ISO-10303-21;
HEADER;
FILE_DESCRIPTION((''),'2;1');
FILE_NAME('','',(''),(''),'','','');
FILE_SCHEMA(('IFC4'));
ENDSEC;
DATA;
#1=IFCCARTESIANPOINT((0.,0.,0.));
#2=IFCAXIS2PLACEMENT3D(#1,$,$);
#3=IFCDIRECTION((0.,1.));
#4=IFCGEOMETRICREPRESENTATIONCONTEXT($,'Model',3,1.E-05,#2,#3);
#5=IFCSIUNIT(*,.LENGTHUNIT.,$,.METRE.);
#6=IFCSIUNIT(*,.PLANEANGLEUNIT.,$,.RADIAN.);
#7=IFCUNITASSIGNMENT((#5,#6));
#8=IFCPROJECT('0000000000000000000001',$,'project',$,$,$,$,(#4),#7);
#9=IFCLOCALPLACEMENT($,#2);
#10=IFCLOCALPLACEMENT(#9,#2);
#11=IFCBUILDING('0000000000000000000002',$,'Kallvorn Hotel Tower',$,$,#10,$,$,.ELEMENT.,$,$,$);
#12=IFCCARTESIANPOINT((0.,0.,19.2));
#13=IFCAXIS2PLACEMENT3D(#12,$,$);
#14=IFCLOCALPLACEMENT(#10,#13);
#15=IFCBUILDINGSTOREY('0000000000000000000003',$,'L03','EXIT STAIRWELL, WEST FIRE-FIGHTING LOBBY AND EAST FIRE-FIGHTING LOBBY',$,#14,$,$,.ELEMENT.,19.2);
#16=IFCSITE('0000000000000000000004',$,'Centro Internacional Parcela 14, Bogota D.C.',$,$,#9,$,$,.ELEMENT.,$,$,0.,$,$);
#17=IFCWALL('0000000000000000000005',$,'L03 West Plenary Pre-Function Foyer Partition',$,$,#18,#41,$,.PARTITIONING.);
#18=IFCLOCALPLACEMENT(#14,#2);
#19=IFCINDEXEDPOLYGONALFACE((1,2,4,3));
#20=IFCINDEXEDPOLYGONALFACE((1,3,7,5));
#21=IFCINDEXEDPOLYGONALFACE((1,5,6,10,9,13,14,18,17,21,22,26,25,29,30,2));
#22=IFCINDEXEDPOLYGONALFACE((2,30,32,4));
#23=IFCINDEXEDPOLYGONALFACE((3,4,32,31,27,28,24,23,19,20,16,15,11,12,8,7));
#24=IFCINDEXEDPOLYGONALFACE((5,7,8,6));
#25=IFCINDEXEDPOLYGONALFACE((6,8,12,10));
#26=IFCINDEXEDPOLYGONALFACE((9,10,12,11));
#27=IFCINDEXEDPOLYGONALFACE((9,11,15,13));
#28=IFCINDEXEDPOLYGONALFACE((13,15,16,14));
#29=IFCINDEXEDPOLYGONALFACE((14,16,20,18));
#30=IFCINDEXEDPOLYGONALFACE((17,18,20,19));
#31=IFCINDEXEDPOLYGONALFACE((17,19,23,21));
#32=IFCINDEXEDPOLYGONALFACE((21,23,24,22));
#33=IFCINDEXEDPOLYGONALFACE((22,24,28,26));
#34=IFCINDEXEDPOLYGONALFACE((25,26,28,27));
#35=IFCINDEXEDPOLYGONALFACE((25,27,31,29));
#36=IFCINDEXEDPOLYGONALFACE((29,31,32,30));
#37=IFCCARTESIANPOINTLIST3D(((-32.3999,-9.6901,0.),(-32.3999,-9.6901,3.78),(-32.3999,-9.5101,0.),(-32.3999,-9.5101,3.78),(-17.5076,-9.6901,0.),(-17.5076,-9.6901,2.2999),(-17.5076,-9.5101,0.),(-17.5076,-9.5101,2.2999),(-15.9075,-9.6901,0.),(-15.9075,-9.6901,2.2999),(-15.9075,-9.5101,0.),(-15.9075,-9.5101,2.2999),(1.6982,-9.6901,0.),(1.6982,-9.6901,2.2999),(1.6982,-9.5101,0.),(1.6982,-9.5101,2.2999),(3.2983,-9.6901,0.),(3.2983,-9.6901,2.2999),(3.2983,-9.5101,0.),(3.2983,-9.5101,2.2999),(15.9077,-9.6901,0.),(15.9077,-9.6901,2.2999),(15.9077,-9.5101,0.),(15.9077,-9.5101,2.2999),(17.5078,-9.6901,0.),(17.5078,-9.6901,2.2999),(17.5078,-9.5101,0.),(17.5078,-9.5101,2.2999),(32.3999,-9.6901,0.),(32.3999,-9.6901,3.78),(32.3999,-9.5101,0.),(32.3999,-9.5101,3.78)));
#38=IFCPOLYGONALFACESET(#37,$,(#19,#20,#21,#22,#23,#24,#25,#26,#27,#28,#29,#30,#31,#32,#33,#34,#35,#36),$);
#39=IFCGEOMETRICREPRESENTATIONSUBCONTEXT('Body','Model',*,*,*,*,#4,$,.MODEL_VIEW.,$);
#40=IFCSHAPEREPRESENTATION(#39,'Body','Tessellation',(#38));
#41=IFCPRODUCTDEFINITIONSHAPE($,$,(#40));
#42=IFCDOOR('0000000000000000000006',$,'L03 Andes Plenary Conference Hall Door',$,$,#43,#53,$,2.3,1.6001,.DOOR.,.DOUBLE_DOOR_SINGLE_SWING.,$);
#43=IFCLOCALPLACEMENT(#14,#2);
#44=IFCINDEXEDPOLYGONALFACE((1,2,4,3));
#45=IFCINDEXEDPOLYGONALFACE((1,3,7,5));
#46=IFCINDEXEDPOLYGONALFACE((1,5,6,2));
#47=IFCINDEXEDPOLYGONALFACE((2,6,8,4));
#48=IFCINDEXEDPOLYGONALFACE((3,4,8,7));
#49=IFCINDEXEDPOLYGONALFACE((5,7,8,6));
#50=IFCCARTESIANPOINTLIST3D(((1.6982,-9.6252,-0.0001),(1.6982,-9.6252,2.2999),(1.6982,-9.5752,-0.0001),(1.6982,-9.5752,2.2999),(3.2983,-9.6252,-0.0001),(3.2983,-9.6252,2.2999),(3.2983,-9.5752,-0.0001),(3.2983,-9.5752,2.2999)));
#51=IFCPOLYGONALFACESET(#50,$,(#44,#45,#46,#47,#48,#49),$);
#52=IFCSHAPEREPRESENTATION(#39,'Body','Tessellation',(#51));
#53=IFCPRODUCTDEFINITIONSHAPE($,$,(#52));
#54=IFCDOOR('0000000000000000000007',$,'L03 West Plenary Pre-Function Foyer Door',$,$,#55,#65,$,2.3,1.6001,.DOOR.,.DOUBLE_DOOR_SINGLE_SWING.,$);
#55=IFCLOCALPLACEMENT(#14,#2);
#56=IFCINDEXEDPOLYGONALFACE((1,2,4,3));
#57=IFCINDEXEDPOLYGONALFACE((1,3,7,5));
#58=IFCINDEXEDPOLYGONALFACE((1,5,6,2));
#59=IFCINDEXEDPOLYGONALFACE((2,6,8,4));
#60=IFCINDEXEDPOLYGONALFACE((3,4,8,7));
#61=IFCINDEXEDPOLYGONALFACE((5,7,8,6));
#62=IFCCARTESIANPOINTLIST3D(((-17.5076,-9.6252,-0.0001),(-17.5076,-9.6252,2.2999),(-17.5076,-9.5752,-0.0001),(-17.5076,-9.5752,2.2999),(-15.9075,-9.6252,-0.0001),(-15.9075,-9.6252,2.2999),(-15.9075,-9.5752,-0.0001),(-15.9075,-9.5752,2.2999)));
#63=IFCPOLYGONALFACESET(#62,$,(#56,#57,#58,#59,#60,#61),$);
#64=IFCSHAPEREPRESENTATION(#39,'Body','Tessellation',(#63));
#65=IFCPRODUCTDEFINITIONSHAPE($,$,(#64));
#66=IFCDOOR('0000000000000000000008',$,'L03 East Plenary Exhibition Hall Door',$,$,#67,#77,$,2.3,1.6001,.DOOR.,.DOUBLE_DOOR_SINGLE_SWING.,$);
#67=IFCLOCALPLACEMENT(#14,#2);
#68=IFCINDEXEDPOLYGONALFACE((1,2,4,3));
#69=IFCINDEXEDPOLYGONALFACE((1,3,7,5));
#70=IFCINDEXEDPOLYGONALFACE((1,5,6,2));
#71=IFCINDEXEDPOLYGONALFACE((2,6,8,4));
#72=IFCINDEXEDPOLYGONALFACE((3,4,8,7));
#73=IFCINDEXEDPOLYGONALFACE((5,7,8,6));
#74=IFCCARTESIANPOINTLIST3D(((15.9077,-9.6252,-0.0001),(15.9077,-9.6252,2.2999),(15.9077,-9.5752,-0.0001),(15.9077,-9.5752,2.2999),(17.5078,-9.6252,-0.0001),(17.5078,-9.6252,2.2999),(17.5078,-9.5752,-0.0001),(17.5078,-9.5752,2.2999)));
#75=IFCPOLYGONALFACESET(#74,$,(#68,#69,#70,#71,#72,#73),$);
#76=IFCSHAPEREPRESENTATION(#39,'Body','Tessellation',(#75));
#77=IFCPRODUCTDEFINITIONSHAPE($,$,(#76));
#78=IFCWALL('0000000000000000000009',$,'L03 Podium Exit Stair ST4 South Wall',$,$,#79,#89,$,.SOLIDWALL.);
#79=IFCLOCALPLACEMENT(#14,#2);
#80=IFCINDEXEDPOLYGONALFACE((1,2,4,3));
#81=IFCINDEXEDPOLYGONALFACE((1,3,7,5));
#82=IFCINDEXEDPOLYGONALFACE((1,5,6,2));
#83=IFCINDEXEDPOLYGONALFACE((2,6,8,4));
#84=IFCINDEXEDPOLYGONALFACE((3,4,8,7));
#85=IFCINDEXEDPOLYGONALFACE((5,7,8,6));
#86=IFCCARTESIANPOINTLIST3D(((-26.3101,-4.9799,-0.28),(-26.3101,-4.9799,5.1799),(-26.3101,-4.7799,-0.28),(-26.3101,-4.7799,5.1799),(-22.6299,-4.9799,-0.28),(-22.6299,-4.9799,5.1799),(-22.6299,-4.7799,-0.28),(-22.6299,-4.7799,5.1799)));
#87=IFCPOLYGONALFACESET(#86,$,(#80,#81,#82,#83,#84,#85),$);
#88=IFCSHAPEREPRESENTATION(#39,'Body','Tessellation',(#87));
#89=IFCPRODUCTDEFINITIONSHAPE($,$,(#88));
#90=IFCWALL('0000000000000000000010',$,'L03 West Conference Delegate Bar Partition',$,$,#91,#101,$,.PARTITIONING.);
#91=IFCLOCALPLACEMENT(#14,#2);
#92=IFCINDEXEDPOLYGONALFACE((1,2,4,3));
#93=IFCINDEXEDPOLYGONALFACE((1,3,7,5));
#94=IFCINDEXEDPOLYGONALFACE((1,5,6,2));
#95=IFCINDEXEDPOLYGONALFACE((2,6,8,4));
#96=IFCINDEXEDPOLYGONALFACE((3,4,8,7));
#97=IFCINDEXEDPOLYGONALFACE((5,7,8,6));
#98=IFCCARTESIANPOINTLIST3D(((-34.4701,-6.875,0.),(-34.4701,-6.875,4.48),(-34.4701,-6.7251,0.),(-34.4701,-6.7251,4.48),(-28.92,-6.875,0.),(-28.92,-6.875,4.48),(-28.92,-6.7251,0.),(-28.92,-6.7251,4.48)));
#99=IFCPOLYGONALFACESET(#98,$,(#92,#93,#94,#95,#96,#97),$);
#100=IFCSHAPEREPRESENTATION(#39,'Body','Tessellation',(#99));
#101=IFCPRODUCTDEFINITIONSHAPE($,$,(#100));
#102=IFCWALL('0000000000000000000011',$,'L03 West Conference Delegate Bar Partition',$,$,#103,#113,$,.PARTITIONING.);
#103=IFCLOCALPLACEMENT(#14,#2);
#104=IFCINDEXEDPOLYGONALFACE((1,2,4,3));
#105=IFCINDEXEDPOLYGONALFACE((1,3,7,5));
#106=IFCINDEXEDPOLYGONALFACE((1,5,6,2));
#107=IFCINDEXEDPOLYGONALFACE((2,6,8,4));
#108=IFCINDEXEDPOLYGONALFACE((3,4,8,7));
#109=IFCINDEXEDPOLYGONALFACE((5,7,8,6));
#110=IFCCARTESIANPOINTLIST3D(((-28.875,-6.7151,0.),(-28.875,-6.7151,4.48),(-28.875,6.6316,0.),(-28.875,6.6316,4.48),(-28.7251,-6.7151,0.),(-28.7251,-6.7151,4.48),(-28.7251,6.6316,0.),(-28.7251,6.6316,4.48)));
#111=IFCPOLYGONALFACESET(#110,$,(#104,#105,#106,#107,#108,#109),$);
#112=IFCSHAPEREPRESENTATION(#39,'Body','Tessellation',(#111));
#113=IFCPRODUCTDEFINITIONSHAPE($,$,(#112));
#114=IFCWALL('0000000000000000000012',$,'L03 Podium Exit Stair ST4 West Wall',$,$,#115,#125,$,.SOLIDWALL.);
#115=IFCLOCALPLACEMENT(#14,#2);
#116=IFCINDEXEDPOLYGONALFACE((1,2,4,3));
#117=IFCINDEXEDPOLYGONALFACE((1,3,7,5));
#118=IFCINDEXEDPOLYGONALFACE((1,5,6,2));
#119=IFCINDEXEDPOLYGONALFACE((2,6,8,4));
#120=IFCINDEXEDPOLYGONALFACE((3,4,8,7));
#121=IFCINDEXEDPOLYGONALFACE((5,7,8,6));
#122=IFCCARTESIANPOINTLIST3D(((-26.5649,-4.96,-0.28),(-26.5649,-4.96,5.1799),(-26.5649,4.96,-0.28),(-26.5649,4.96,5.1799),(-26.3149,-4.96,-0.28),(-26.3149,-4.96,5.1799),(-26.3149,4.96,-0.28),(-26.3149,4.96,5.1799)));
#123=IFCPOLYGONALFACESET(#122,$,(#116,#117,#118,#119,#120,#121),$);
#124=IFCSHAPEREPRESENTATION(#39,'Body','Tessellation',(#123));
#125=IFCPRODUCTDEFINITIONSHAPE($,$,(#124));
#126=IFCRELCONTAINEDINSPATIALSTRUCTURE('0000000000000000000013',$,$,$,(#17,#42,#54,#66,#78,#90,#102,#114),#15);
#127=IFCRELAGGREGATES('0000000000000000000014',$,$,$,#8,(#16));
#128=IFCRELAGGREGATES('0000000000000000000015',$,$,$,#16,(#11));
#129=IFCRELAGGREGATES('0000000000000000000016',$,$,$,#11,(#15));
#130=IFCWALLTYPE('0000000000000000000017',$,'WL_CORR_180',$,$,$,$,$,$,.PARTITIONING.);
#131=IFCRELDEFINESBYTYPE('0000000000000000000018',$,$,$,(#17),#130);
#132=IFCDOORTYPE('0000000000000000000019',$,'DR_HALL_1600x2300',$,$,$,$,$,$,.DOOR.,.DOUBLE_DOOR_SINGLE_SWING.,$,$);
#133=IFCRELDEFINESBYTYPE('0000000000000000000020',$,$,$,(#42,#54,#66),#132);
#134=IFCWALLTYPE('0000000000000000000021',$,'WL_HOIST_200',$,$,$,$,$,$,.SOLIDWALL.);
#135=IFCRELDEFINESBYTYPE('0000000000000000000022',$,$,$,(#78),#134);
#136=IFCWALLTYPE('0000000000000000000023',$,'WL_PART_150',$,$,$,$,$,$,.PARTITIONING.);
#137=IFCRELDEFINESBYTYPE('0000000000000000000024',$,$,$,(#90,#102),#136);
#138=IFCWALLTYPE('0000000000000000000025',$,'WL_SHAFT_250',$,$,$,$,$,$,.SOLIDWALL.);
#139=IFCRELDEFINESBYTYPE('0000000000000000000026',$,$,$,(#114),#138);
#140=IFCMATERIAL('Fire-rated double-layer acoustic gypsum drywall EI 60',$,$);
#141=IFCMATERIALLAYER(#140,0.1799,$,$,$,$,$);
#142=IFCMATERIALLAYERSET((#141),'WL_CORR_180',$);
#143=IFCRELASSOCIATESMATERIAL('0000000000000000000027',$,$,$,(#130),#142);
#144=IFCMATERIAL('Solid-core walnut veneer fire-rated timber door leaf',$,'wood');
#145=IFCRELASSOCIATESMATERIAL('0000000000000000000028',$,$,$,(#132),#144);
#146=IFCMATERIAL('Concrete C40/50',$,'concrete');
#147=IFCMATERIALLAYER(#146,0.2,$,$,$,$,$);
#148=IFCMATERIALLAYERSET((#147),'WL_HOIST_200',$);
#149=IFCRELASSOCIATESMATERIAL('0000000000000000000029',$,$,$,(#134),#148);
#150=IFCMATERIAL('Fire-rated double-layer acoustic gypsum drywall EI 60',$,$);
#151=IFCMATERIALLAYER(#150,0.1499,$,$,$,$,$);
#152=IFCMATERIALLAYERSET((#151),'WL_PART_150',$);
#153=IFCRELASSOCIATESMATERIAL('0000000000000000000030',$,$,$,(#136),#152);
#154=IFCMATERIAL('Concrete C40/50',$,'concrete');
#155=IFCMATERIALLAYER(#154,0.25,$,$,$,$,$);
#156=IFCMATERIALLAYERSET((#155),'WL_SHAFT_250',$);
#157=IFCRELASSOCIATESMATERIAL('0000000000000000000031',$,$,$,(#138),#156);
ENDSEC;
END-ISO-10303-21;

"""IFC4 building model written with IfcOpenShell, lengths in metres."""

from ifc_helpers import new_model, si_unit, direction, frame, frame_2d, origin, place, context, subcontext, project, spatial, rectangle, extrude, material, layer, layer_set, type_object, element, fill, save


model = new_model("IFC4")

# Units and contexts
model_context = context("Model", 3, precision=1e-05, world=origin(), true_north=direction((0.0, 1.0)))
body_context = subcontext(model_context, "Body", "Model", "MODEL_VIEW")
ifc_project = project(units=[si_unit("LENGTHUNIT", "METRE"), si_unit("PLANEANGLEUNIT", "RADIAN")], contexts=[model_context])

# Site, building, storey
site_placement = place(None, origin())
site = spatial("IfcSite", under=ifc_project, at=site_placement, Name="Centro Internacional Parcela 14, Bogota D.C.", CompositionType="ELEMENT", RefElevation=0.0)
building_placement = place(site_placement, origin())
building = spatial("IfcBuilding", under=site, at=building_placement, Name="Kallvorn Hotel Tower", CompositionType="ELEMENT")
storey_placement = place(building_placement, frame((0.0, 0.0, 19.2)))
storey = spatial("IfcBuildingStorey", under=building, at=storey_placement, Name="L03", Description="EXIT STAIRWELL, WEST FIRE-FIGHTING LOBBY AND EAST FIRE-FIGHTING LOBBY", CompositionType="ELEMENT", Elevation=19.2)

# Wall, openings, doors
ifc_material_1 = material(Name="Fire-rated double-layer acoustic gypsum drywall EI 60")
ifc_layer_1 = layer(ifc_material_1, 0.1799)
ifc_layer_set_1 = layer_set([ifc_layer_1], Name="WL_CORR_180")
wall_type_1 = type_object("IfcWallType", Name="WL_CORR_180", PredefinedType="PARTITIONING", material=ifc_layer_set_1)
wall_1_placement = place(storey_placement, frame((-32.3999, -9.6001, 0.0), z_axis=(0.0, 0.0, 1.0), x_axis=(1.0, 0.0, 0.0)))
wall_1 = element("IfcWall", 1, at=wall_1_placement, inside=storey, type_object=wall_type_1, Name="L03 West Plenary Pre-Function Foyer Partition", PredefinedType="PARTITIONING", context=body_context, shape_type="SweptSolid", body=[
    extrude(rectangle(XDim=64.7998, YDim=0.1799, at=frame_2d((32.3999, 0.0))), origin(), (0.0, 0.0, 1.0), 3.78),
])
opening_1_placement = place(wall_1_placement, frame((34.0981, 0.0, 0.0)))
opening_1 = element("IfcOpeningElement", 2, at=opening_1_placement, cuts=wall_1, PredefinedType="OPENING", context=body_context, shape_type="SweptSolid", body=[
    extrude(rectangle(XDim=1.6001, YDim=2.3, at=frame_2d((0.8, 1.1499))), frame((0.0, 0.1047, 0.0), z_axis=(0.0, -1.0, 0.0), x_axis=(1.0, 0.0, 0.0)), (0.0, 0.0, 1.0), 0.21),
])
opening_2_placement = place(wall_1_placement, frame((14.8923, 0.0, 0.0)))
opening_2 = element("IfcOpeningElement", 3, at=opening_2_placement, cuts=wall_1, PredefinedType="OPENING", context=body_context, shape_type="SweptSolid", body=[
    extrude(rectangle(XDim=1.6001, YDim=2.3, at=frame_2d((0.8, 1.1499))), frame((0.0, 0.1047, 0.0), z_axis=(0.0, -1.0, 0.0), x_axis=(1.0, 0.0, 0.0)), (0.0, 0.0, 1.0), 0.21),
])
opening_3_placement = place(wall_1_placement, frame((48.3076, 0.0, 0.0)))
opening_3 = element("IfcOpeningElement", 4, at=opening_3_placement, cuts=wall_1, PredefinedType="OPENING", context=body_context, shape_type="SweptSolid", body=[
    extrude(rectangle(XDim=1.6001, YDim=2.3, at=frame_2d((0.8, 1.1499))), frame((0.0, 0.1047, 0.0), z_axis=(0.0, -1.0, 0.0), x_axis=(1.0, 0.0, 0.0)), (0.0, 0.0, 1.0), 0.21),
])
ifc_material_2 = material(Name="Solid-core walnut veneer fire-rated timber door leaf", Category="wood")
door_type = type_object("IfcDoorType", Name="DR_HALL_1600x2300", OperationType="DOUBLE_DOOR_SINGLE_SWING", PredefinedType="DOOR", material=ifc_material_2)
door_1_placement = place(opening_1_placement, origin())
door_1 = element("IfcDoor", 5, at=door_1_placement, inside=storey, type_object=door_type, Name="L03 Andes Plenary Conference Hall Door", OperationType="DOUBLE_DOOR_SINGLE_SWING", OverallHeight=2.3, OverallWidth=1.6001, PredefinedType="DOOR", context=body_context, shape_type="SweptSolid", body=[
    extrude(rectangle(XDim=1.6001, YDim=2.3, at=frame_2d((0.8, 1.1499))), frame((0.0, 0.0249, 0.0), z_axis=(0.0, -1.0, 0.0), x_axis=(1.0, 0.0, 0.0)), (0.0, 0.0, 1.0), 0.05),
])
fill(opening_1, door_1)
door_2_placement = place(opening_2_placement, origin())
door_2 = element("IfcDoor", 6, at=door_2_placement, inside=storey, type_object=door_type, Name="L03 West Plenary Pre-Function Foyer Door", OperationType="DOUBLE_DOOR_SINGLE_SWING", OverallHeight=2.3, OverallWidth=1.6001, PredefinedType="DOOR", context=body_context, shape_type="SweptSolid", body=[
    extrude(rectangle(XDim=1.6001, YDim=2.3, at=frame_2d((0.8, 1.1499))), frame((0.0, 0.0249, 0.0), z_axis=(0.0, -1.0, 0.0), x_axis=(1.0, 0.0, 0.0)), (0.0, 0.0, 1.0), 0.05),
])
fill(opening_2, door_2)
door_3_placement = place(opening_3_placement, origin())
door_3 = element("IfcDoor", 7, at=door_3_placement, inside=storey, type_object=door_type, Name="L03 East Plenary Exhibition Hall Door", OperationType="DOUBLE_DOOR_SINGLE_SWING", OverallHeight=2.3, OverallWidth=1.6001, PredefinedType="DOOR", context=body_context, shape_type="SweptSolid", body=[
    extrude(rectangle(XDim=1.6001, YDim=2.3, at=frame_2d((0.8, 1.1499))), frame((0.0, 0.0249, 0.0), z_axis=(0.0, -1.0, 0.0), x_axis=(1.0, 0.0, 0.0)), (0.0, 0.0, 1.0), 0.05),
])
fill(opening_3, door_3)

# Walls
ifc_material_3 = material(Name="Concrete C40/50", Category="concrete")
ifc_layer_2 = layer(ifc_material_3, 0.2)
ifc_layer_set_2 = layer_set([ifc_layer_2], Name="WL_HOIST_200")
wall_type_2 = type_object("IfcWallType", Name="WL_HOIST_200", PredefinedType="SOLIDWALL", material=ifc_layer_set_2)
wall_2_placement = place(storey_placement, frame((-26.3101, -4.8799, -0.28), z_axis=(0.0, 0.0, 1.0), x_axis=(1.0, 0.0, 0.0)))
element("IfcWall", 8, at=wall_2_placement, inside=storey, type_object=wall_type_2, Name="L03 Podium Exit Stair ST4 South Wall", PredefinedType="SOLIDWALL", context=body_context, shape_type="SweptSolid", body=[
    extrude(rectangle(XDim=3.6802, YDim=0.2, at=frame_2d((1.8401, 0.0))), origin(), (0.0, 0.0, 1.0), 5.46),
])
ifc_material_4 = material(Name="Fire-rated double-layer acoustic gypsum drywall EI 60")
ifc_layer_3 = layer(ifc_material_4, 0.1499)
ifc_layer_set_3 = layer_set([ifc_layer_3], Name="WL_PART_150")
wall_type_3 = type_object("IfcWallType", Name="WL_PART_150", PredefinedType="PARTITIONING", material=ifc_layer_set_3)
wall_3_placement = place(storey_placement, frame((-34.47, -6.8, 0.0), z_axis=(0.0, 0.0, 1.0), x_axis=(1.0, 0.0, 0.0)))
element("IfcWall", 9, at=wall_3_placement, inside=storey, type_object=wall_type_3, Name="L03 West Conference Delegate Bar Partition", PredefinedType="PARTITIONING", context=body_context, shape_type="SweptSolid", body=[
    extrude(rectangle(XDim=5.55, YDim=0.1499, at=frame_2d((2.7749, 0.0))), origin(), (0.0, 0.0, 1.0), 4.48),
])
wall_4_placement = place(storey_placement, frame((-28.8, -6.7151, 0.0), z_axis=(0.0, 0.0, 1.0), x_axis=(0.0, 1.0, 0.0)))
element("IfcWall", 10, at=wall_4_placement, inside=storey, type_object=wall_type_3, Name="L03 West Conference Delegate Bar Partition", PredefinedType="PARTITIONING", context=body_context, shape_type="SweptSolid", body=[
    extrude(rectangle(XDim=13.3467, YDim=0.1499, at=frame_2d((6.6733, 0.0))), origin(), (0.0, 0.0, 1.0), 4.48),
])
ifc_material_5 = material(Name="Concrete C40/50", Category="concrete")
ifc_layer_4 = layer(ifc_material_5, 0.25)
ifc_layer_set_4 = layer_set([ifc_layer_4], Name="WL_SHAFT_250")
wall_type_4 = type_object("IfcWallType", Name="WL_SHAFT_250", PredefinedType="SOLIDWALL", material=ifc_layer_set_4)
wall_5_placement = place(storey_placement, frame((-26.4399, -4.96, -0.28), z_axis=(0.0, 0.0, 1.0), x_axis=(0.0, 1.0, 0.0)))
element("IfcWall", 11, at=wall_5_placement, inside=storey, type_object=wall_type_4, Name="L03 Podium Exit Stair ST4 West Wall", PredefinedType="SOLIDWALL", context=body_context, shape_type="SweptSolid", body=[
    extrude(rectangle(XDim=9.9199, YDim=0.25, at=frame_2d((4.96, 0.0))), origin(), (0.0, 0.0, 1.0), 5.46),
])

save(model, "model.ifc")
